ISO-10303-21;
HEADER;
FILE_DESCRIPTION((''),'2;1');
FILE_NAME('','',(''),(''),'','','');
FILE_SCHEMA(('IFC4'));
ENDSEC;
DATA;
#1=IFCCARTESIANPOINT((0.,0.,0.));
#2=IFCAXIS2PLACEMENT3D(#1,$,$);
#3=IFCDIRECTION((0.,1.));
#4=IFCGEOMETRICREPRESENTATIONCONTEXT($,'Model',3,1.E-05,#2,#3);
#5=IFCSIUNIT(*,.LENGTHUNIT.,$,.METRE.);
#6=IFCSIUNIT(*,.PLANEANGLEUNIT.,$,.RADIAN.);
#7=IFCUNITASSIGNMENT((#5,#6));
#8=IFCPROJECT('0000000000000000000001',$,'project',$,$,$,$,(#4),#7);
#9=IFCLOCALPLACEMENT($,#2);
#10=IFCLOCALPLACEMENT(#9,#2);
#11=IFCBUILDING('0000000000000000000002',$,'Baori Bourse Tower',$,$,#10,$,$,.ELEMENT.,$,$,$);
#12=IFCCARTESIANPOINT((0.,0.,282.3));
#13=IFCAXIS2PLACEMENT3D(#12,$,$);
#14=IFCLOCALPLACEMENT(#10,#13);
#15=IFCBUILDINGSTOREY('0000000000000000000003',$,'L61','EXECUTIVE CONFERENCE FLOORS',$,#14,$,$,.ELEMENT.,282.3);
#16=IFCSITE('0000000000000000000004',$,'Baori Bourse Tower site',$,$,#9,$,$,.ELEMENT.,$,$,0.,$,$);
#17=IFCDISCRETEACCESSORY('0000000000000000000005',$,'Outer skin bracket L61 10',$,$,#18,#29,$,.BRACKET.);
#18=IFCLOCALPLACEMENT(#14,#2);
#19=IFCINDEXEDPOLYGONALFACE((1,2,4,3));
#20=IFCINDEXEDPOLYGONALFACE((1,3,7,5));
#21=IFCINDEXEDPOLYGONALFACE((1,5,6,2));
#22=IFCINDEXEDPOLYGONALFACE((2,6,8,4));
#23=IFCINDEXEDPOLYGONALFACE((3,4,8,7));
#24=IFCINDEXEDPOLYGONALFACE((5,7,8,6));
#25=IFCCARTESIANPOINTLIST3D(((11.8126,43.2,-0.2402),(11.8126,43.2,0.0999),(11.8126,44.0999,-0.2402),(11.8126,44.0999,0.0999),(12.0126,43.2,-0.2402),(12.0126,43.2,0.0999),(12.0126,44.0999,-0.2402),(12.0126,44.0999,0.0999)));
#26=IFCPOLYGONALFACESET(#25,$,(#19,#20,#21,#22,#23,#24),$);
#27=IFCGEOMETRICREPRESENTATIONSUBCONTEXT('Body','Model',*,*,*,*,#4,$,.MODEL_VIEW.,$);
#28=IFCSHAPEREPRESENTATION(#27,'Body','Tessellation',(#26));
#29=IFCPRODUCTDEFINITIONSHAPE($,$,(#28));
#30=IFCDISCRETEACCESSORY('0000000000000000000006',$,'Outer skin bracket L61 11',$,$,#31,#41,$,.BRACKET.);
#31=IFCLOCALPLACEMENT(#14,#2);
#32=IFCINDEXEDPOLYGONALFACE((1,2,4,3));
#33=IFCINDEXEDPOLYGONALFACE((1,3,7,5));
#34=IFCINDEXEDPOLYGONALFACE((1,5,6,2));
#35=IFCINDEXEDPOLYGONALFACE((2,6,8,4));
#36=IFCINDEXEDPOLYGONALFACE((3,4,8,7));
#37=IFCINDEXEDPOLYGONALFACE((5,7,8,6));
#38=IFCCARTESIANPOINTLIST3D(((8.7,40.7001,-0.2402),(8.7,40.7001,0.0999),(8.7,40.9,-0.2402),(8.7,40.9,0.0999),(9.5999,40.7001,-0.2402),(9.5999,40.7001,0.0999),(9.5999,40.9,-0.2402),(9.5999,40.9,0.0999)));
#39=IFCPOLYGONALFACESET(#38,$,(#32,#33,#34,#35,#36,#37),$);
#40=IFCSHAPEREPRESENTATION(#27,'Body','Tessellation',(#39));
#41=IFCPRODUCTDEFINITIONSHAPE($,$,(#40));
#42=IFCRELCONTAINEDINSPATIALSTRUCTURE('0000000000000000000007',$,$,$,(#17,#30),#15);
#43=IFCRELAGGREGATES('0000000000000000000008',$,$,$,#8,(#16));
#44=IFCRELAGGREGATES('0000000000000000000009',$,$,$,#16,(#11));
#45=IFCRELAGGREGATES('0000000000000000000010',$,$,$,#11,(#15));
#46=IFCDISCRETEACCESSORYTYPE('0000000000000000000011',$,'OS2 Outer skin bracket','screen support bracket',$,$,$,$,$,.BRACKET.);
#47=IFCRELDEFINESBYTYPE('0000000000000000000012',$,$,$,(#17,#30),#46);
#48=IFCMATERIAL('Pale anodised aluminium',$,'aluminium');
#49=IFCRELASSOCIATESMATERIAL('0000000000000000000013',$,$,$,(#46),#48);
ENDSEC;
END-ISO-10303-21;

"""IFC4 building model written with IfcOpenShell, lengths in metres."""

from ifc_helpers import new_model, si_unit, direction, frame, origin, origin_2d, place, context, subcontext, project, spatial, rectangle, extrude, material, type_object, element, save


model = new_model("IFC4")

# Units and contexts
model_context = context("Model", 3, precision=1e-05, world=origin(), true_north=direction((0.0, 1.0)))
body_context = subcontext(model_context, "Body", "Model", "MODEL_VIEW")
ifc_project = project(units=[si_unit("LENGTHUNIT", "METRE"), si_unit("PLANEANGLEUNIT", "RADIAN")], contexts=[model_context])

# Site, building, storey
site_placement = place(None, origin())
site = spatial("IfcSite", under=ifc_project, at=site_placement, Name="Baori Bourse Tower site", CompositionType="ELEMENT", RefElevation=0.0)
building_placement = place(site_placement, origin())
building = spatial("IfcBuilding", under=site, at=building_placement, Name="Baori Bourse Tower", CompositionType="ELEMENT")
storey_placement = place(building_placement, frame((0.0, 0.0, 282.3)))
storey = spatial("IfcBuildingStorey", under=building, at=storey_placement, Name="L61", Description="EXECUTIVE CONFERENCE FLOORS", CompositionType="ELEMENT", Elevation=282.3)

# Discrete accessories
ifc_material_1 = material(Name="Pale anodised aluminium", Category="aluminium")
discrete_accessory_type = type_object("IfcDiscreteAccessoryType", Name="OS2 Outer skin bracket", Description="screen support bracket", PredefinedType="BRACKET", material=ifc_material_1)
for number, where, z_axis, x_axis, name in (
    (1, (11.9126, 43.6499, -0.2402), (0.0, 0.0, 1.0), (-1.0, 0.0, 0.0), "Outer skin bracket L61 10"),
    (2, (9.1499, 40.8, -0.2402), (0.0, 0.0, 1.0), (0.0, -1.0, 0.0), "Outer skin bracket L61 11"),
):
    element("IfcDiscreteAccessory", number, at=place(storey_placement, frame(where, z_axis=z_axis, x_axis=x_axis)), inside=storey, type_object=discrete_accessory_type, Name=name, PredefinedType="BRACKET", context=body_context, shape_type="SweptSolid", body=[
        extrude(rectangle(XDim=0.2, YDim=0.8999, at=origin_2d()), origin(), (0.0, 0.0, 1.0), 0.3401),
    ])

save(model, "model.ifc")
